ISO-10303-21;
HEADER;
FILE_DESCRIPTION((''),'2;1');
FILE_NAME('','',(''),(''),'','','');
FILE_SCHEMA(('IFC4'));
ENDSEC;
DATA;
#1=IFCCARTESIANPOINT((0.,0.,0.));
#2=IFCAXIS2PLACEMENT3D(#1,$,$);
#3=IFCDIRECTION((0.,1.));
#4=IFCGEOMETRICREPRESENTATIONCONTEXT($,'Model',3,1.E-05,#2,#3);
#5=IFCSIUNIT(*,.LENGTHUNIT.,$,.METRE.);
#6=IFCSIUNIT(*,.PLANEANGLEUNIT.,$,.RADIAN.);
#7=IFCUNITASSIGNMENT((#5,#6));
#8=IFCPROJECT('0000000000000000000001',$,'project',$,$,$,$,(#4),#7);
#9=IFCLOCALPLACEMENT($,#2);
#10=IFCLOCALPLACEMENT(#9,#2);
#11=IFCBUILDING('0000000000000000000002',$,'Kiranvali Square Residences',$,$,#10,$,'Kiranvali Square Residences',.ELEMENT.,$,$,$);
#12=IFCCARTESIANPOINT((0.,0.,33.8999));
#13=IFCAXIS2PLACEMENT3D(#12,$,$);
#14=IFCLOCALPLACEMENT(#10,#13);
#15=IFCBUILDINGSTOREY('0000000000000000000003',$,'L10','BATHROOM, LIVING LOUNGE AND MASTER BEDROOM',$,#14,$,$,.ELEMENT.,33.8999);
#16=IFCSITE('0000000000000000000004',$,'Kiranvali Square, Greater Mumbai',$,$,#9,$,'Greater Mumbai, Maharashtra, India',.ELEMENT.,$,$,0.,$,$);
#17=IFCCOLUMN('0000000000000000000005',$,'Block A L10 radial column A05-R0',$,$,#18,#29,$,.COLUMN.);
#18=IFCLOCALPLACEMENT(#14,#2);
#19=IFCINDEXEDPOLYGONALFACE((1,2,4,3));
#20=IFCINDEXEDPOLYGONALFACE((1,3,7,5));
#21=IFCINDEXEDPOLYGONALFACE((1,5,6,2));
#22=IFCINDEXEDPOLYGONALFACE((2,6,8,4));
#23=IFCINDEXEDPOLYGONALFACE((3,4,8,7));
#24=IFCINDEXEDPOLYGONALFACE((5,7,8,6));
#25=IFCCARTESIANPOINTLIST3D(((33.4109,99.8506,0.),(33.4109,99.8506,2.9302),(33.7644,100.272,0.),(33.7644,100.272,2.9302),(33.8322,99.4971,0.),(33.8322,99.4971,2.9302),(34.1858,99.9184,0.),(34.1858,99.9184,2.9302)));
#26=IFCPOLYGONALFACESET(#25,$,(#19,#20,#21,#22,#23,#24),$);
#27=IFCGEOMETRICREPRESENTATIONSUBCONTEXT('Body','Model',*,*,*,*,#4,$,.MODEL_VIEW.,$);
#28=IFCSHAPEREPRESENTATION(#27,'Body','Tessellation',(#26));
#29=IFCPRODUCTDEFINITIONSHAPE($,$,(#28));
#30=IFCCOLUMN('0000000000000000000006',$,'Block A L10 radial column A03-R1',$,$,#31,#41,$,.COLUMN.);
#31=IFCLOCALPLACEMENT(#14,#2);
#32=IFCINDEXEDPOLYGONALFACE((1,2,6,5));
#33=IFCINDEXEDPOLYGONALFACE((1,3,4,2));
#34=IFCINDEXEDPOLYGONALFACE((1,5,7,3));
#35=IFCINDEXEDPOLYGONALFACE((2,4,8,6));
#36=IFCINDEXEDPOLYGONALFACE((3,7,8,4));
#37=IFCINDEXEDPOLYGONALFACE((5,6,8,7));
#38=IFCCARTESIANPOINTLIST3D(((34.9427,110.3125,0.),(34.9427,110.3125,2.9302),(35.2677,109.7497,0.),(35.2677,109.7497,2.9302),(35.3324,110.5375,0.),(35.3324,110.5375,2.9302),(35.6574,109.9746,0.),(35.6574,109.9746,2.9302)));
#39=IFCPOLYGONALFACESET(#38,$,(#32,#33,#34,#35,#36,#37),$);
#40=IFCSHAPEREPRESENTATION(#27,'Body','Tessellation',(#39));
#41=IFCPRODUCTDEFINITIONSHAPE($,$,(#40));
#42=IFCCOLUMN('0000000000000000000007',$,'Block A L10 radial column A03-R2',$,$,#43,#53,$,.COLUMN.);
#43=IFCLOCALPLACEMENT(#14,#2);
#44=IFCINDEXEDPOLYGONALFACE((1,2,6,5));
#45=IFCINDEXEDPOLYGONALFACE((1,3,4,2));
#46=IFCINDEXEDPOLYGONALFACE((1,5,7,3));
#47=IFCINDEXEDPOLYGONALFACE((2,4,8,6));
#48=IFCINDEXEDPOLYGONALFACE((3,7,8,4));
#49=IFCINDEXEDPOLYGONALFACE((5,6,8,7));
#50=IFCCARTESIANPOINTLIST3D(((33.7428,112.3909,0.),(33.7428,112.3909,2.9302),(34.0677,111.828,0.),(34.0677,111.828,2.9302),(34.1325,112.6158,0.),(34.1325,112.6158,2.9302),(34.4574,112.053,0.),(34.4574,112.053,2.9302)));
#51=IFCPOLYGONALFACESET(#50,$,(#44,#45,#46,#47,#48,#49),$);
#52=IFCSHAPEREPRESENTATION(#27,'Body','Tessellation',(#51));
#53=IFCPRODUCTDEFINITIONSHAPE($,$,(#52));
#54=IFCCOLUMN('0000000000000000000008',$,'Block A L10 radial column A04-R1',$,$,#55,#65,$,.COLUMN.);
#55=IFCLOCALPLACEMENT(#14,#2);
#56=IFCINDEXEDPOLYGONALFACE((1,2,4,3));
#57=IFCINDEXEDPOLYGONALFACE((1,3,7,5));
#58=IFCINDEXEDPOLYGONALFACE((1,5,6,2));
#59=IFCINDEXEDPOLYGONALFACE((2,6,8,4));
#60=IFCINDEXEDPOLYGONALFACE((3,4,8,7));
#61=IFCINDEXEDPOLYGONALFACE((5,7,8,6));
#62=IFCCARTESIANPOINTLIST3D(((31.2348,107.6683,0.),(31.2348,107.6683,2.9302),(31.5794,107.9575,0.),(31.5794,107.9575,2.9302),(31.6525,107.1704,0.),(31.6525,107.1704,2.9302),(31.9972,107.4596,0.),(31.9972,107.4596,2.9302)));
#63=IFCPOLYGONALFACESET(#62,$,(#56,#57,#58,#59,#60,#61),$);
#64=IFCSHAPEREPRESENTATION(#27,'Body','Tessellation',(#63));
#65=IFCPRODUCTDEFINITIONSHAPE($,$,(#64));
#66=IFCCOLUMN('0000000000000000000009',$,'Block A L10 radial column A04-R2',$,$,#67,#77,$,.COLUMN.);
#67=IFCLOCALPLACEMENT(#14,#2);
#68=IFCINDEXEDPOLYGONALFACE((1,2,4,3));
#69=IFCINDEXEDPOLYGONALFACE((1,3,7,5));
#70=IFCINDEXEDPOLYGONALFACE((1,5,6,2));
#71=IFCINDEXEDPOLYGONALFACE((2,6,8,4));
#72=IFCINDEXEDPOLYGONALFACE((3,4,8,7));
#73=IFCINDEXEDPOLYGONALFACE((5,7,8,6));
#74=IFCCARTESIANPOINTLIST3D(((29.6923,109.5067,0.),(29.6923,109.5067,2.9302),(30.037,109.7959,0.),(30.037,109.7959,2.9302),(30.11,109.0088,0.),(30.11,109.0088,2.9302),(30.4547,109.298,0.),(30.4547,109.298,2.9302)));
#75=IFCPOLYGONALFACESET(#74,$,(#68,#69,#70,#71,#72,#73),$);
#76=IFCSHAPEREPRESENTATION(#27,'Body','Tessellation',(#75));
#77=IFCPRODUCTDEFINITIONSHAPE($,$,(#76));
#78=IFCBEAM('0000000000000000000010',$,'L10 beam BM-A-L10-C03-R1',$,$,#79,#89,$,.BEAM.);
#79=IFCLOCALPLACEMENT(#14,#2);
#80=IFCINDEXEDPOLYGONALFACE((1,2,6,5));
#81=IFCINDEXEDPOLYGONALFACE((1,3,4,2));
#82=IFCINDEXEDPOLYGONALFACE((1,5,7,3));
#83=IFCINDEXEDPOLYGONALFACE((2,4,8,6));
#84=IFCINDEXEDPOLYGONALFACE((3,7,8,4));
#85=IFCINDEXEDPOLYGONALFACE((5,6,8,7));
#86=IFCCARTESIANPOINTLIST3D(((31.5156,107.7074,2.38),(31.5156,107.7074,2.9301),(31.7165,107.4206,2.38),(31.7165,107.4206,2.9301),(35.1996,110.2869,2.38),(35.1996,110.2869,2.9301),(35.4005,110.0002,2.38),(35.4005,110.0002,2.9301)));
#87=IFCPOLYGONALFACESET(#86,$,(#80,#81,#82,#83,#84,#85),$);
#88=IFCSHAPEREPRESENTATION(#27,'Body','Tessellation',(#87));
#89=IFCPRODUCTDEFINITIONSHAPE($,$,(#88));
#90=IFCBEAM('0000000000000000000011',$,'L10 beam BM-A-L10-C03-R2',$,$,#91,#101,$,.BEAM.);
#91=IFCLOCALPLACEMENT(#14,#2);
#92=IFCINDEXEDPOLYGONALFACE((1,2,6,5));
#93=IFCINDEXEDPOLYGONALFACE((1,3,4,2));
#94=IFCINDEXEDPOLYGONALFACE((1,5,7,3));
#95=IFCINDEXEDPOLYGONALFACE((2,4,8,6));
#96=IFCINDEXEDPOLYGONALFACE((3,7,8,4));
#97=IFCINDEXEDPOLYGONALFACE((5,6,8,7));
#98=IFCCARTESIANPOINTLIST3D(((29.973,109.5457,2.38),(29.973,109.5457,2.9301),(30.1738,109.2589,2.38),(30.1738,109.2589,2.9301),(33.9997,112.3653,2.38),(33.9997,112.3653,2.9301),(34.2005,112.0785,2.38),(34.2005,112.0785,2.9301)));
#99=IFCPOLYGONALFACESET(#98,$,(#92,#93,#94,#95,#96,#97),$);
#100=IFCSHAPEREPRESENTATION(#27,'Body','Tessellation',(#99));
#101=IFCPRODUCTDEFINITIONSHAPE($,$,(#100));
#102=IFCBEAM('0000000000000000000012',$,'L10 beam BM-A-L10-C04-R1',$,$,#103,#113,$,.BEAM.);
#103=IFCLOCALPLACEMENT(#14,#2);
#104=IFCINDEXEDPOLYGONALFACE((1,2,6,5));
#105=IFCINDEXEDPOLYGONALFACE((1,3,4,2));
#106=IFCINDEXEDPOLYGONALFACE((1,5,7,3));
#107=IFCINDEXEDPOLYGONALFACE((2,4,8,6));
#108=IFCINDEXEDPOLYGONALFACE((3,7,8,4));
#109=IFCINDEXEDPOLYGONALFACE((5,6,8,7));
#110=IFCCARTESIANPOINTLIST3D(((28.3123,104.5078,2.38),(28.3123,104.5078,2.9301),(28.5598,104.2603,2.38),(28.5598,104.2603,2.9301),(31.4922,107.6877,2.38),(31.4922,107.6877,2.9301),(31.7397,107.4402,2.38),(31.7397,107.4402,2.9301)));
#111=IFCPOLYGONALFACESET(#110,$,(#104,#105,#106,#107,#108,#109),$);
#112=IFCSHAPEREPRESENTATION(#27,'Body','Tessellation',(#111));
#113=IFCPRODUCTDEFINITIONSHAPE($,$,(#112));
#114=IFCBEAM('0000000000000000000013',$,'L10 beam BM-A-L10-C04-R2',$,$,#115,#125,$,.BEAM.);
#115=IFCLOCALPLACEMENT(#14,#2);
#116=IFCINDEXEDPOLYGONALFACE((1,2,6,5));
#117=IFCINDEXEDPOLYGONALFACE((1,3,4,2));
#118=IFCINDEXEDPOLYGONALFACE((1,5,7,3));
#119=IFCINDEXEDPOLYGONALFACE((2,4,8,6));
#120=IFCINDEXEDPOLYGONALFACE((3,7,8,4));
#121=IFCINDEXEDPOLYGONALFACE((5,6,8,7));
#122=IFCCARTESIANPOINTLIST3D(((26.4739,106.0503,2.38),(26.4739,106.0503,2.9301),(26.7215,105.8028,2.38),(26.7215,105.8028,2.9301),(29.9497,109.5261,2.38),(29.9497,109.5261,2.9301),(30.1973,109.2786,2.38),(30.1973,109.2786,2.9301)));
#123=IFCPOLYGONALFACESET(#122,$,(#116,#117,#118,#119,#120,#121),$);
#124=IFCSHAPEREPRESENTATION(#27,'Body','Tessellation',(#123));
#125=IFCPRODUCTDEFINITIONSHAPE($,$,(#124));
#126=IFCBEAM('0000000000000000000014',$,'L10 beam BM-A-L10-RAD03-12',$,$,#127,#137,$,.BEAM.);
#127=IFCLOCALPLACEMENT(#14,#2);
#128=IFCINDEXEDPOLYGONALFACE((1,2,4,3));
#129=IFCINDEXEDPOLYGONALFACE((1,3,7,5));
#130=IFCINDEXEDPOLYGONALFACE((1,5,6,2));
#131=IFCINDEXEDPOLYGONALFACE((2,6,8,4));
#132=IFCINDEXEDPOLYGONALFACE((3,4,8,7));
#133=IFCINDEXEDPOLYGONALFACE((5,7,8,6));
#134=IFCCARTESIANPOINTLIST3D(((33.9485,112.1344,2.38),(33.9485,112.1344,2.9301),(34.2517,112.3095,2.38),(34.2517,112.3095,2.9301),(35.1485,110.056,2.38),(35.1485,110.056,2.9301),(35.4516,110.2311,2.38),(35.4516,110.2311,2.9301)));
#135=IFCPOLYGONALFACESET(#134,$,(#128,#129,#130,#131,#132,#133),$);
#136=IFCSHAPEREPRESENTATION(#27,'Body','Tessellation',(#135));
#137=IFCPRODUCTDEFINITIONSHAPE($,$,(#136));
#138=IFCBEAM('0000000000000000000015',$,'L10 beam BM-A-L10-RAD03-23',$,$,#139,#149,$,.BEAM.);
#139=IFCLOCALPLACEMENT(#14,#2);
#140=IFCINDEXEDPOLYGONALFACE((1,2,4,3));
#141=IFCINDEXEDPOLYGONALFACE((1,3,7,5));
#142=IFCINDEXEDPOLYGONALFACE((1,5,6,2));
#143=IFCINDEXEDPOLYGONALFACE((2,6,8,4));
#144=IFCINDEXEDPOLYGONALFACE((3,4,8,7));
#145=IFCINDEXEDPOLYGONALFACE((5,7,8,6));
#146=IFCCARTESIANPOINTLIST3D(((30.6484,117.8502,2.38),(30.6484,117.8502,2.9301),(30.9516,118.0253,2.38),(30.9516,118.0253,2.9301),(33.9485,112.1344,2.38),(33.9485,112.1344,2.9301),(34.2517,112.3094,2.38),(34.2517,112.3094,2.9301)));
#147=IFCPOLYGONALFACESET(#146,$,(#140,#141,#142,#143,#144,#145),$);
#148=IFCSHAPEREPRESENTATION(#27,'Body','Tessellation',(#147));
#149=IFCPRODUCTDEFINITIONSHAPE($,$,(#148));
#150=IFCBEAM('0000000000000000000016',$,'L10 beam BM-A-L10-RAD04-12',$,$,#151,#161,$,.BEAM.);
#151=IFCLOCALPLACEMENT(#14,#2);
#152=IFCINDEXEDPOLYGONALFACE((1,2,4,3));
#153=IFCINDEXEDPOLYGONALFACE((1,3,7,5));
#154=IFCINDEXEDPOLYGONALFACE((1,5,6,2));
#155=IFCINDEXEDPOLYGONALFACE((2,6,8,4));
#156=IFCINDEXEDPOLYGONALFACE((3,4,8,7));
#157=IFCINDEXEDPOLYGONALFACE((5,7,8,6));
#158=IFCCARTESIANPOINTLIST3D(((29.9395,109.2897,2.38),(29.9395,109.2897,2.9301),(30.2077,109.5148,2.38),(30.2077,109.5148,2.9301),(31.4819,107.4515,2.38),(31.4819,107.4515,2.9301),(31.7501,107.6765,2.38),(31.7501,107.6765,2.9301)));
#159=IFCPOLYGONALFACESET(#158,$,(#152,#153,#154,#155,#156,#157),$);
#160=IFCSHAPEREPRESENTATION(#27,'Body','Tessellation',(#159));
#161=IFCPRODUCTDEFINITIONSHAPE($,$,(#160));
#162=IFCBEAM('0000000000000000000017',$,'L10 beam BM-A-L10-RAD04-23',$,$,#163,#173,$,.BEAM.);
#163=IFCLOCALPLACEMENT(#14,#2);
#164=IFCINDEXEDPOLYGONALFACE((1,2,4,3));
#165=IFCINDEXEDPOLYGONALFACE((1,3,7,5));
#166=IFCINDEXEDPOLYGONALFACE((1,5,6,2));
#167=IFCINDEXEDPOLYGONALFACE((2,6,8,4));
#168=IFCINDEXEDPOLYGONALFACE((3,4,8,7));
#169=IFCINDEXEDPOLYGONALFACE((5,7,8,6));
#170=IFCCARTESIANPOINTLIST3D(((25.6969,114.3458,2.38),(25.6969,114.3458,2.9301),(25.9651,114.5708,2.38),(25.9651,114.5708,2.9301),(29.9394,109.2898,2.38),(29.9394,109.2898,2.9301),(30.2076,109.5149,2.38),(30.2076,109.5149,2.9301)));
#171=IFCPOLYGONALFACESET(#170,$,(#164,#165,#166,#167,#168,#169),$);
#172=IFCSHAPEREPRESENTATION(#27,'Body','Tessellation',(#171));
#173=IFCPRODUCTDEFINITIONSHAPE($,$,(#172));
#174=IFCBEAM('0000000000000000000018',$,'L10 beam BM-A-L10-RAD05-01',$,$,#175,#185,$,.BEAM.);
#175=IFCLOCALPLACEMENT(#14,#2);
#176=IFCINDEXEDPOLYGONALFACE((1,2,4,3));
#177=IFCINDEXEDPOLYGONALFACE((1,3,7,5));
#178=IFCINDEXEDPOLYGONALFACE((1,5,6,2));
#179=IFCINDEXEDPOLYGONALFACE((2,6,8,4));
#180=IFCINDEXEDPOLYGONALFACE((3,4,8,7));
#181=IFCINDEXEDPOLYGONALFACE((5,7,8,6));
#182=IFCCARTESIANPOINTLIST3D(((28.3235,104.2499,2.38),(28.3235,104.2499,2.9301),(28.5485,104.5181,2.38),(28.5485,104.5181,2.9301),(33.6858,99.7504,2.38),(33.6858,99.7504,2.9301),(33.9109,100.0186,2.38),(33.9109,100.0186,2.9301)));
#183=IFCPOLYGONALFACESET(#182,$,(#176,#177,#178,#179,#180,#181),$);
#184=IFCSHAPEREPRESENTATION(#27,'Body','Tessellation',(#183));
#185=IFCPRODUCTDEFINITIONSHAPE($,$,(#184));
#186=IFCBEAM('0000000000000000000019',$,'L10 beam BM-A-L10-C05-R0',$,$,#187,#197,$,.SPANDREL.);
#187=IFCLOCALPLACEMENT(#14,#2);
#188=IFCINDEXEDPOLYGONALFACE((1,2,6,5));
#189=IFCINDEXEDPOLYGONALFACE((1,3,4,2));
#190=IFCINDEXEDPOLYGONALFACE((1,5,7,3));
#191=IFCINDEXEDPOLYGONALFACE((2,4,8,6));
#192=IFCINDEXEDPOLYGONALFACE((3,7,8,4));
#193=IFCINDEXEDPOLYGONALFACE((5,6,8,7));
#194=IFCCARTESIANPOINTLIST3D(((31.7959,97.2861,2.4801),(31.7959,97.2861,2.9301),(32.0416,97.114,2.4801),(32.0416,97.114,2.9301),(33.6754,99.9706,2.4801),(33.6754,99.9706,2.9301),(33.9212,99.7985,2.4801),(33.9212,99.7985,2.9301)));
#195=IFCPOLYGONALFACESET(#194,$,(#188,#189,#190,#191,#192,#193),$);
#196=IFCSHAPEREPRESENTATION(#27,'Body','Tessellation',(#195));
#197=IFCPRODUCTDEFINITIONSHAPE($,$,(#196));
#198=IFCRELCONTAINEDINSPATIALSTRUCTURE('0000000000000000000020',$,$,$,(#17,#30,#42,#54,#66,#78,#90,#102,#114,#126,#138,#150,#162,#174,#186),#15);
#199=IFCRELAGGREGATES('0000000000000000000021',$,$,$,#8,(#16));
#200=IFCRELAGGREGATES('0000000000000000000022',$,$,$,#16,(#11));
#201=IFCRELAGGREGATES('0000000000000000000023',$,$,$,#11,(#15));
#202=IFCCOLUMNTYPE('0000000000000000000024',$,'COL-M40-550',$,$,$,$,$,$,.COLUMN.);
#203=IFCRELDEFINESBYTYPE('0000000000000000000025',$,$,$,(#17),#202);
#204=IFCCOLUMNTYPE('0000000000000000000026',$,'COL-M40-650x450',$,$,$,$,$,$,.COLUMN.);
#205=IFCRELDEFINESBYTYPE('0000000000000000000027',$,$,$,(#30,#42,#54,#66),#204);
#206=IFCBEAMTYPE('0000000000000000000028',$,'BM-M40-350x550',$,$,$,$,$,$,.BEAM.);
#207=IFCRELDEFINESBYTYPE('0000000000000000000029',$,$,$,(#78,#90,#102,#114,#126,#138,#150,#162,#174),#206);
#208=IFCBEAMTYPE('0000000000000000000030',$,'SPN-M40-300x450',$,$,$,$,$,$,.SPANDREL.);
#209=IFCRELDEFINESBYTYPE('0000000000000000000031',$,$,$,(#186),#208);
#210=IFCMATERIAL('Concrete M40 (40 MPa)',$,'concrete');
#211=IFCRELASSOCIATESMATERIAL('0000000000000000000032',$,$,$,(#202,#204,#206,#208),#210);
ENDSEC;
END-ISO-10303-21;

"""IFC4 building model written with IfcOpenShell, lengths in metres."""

from ifc_helpers import new_model, si_unit, direction, frame, origin, origin_2d, place, context, subcontext, project, spatial, rectangle, extrude, material, material_profile, profile_set, type_object, element, save


model = new_model("IFC4")

# Units and contexts
model_context = context("Model", 3, precision=1e-05, world=origin(), true_north=direction((0.0, 1.0)))
body_context = subcontext(model_context, "Body", "Model", "MODEL_VIEW")
ifc_project = project(units=[si_unit("LENGTHUNIT", "METRE"), si_unit("PLANEANGLEUNIT", "RADIAN")], contexts=[model_context])

# Site, building, storey
site_placement = place(None, origin())
site = spatial("IfcSite", under=ifc_project, at=site_placement, Name="Kiranvali Square, Greater Mumbai", LongName="Greater Mumbai, Maharashtra, India", CompositionType="ELEMENT", RefElevation=0.0)
building_placement = place(site_placement, origin())
building = spatial("IfcBuilding", under=site, at=building_placement, Name="Kiranvali Square Residences", LongName="Kiranvali Square Residences", CompositionType="ELEMENT")
storey_placement = place(building_placement, frame((0.0, 0.0, 33.8999)))
storey = spatial("IfcBuildingStorey", under=building, at=storey_placement, Name="L10", Description="BATHROOM, LIVING LOUNGE AND MASTER BEDROOM", CompositionType="ELEMENT", Elevation=33.8999)

# Columns
ifc_material_1 = material(Name="Concrete M40 (40 MPa)", Category="concrete")
ifc_material_profile_1 = material_profile(ifc_material_1, rectangle(XDim=0.55, YDim=0.55, at=origin_2d()), Name="RC 550x550")
ifc_profile_set_1 = profile_set([ifc_material_profile_1], Name="Concrete M40 (40 MPa)")
column_type_1 = type_object("IfcColumnType", Name="COL-M40-550", PredefinedType="COLUMN", material=ifc_profile_set_1)
column_placement = place(storey_placement, frame((33.7983, 99.8845, 0.0), z_axis=(0.0, 0.0, 1.0), x_axis=(0.642788, 0.766044, 0.0)))
element("IfcColumn", 1, at=column_placement, inside=storey, type_object=column_type_1, Name="Block A L10 radial column A05-R0", PredefinedType="COLUMN", context=body_context, shape_type="SweptSolid", body=[
    extrude(rectangle(XDim=0.55, YDim=0.55, at=origin_2d()), origin(), (0.0, 0.0, 1.0), 2.9302),
])
ifc_material_profile_2 = material_profile(ifc_material_1, rectangle(XDim=0.45, YDim=0.6499, at=origin_2d()), Name="RC 650x450")
ifc_profile_set_2 = profile_set([ifc_material_profile_2], Name="Concrete M40 (40 MPa)")
column_type_2 = type_object("IfcColumnType", Name="COL-M40-650x450", PredefinedType="COLUMN", material=ifc_profile_set_2)
for number, where, z_axis, x_axis, name in (
    (2, (35.3, 110.1436, 0.0), (0.0, 0.0, 1.0), (0.866025, 0.5, 0.0), "Block A L10 radial column A03-R1"),
    (3, (34.1001, 112.2219, 0.0), (0.0, 0.0, 1.0), (0.866025, 0.5, 0.0), "Block A L10 radial column A03-R2"),
    (4, (31.616, 107.564, 0.0), (0.0, 0.0, 1.0), (0.766044, 0.642788, 0.0), "Block A L10 radial column A04-R1"),
    (5, (30.0735, 109.4023, 0.0), (0.0, 0.0, 1.0), (0.766044, 0.642788, 0.0), "Block A L10 radial column A04-R2"),
):
    element("IfcColumn", number, at=place(storey_placement, frame(where, z_axis=z_axis, x_axis=x_axis)), inside=storey, type_object=column_type_2, Name=name, PredefinedType="COLUMN", context=body_context, shape_type="SweptSolid", body=[
        extrude(rectangle(XDim=0.45, YDim=0.6499, at=origin_2d()), origin(), (0.0, 0.0, 1.0), 2.9302),
    ])

# Beams
ifc_material_profile_3 = material_profile(ifc_material_1, rectangle(XDim=0.3501, YDim=0.55, at=origin_2d()), Name="RC 350x550")
ifc_profile_set_3 = profile_set([ifc_material_profile_3], Name="Concrete M40 (40 MPa)")
beam_type_1 = type_object("IfcBeamType", Name="BM-M40-350x550", PredefinedType="BEAM", material=ifc_profile_set_3)
beam_1_placement = place(storey_placement, frame((35.3, 110.1436, 2.655), z_axis=(-0.819155, -0.573572, 0.0), x_axis=(0.573572, -0.819155, 0.0)))
element("IfcBeam", 6, at=beam_1_placement, inside=storey, type_object=beam_type_1, Name="L10 beam BM-A-L10-C03-R1", PredefinedType="BEAM", context=body_context, shape_type="SweptSolid", body=[
    extrude(rectangle(XDim=0.3501, YDim=0.55, at=origin_2d()), origin(), (0.0, 0.0, 1.0), 4.4973),
])
beam_2_placement = place(storey_placement, frame((34.1001, 112.2219, 2.655), z_axis=(-0.819141, -0.573592, 0.0), x_axis=(0.573592, -0.819141, 0.0)))
element("IfcBeam", 7, at=beam_2_placement, inside=storey, type_object=beam_type_1, Name="L10 beam BM-A-L10-C03-R2", PredefinedType="BEAM", context=body_context, shape_type="SweptSolid", body=[
    extrude(rectangle(XDim=0.3501, YDim=0.55, at=origin_2d()), origin(), (0.0, 0.0, 1.0), 4.9158),
])
beam_3_placement = place(storey_placement, frame((31.616, 107.564, 2.655), z_axis=(-0.707107, -0.707107, 0.0), x_axis=(0.707107, -0.707107, 0.0)))
element("IfcBeam", 8, at=beam_3_placement, inside=storey, type_object=beam_type_1, Name="L10 beam BM-A-L10-C04-R1", PredefinedType="BEAM", context=body_context, shape_type="SweptSolid", body=[
    extrude(rectangle(XDim=0.3501, YDim=0.55, at=origin_2d()), origin(), (0.0, 0.0, 1.0), 4.4971),
])
beam_4_placement = place(storey_placement, frame((30.0735, 109.4023, 2.655), z_axis=(-0.707107, -0.707107, 0.0), x_axis=(0.707107, -0.707107, 0.0)))
element("IfcBeam", 9, at=beam_4_placement, inside=storey, type_object=beam_type_1, Name="L10 beam BM-A-L10-C04-R2", PredefinedType="BEAM", context=body_context, shape_type="SweptSolid", body=[
    extrude(rectangle(XDim=0.3501, YDim=0.55, at=origin_2d()), origin(), (0.0, 0.0, 1.0), 4.9155),
])
beam_5_placement = place(storey_placement, frame((35.3, 110.1436, 2.655), z_axis=(-0.500001, 0.866025, 0.0), x_axis=(-0.866025, -0.500001, 0.0)))
element("IfcBeam", 10, at=beam_5_placement, inside=storey, type_object=beam_type_1, Name="L10 beam BM-A-L10-RAD03-12", PredefinedType="BEAM", context=body_context, shape_type="SweptSolid", body=[
    extrude(rectangle(XDim=0.3501, YDim=0.55, at=origin_2d()), origin(), (0.0, 0.0, 1.0), 2.3999),
])
beam_6_placement = place(storey_placement, frame((34.1001, 112.2219, 2.655), z_axis=(-0.500002, 0.866024, 0.0), x_axis=(-0.866024, -0.500002, 0.0)))
element("IfcBeam", 11, at=beam_6_placement, inside=storey, type_object=beam_type_1, Name="L10 beam BM-A-L10-RAD03-23", PredefinedType="BEAM", context=body_context, shape_type="SweptSolid", body=[
    extrude(rectangle(XDim=0.3501, YDim=0.55, at=origin_2d()), origin(), (0.0, 0.0, 1.0), 6.6001),
])
beam_7_placement = place(storey_placement, frame((31.616, 107.564, 2.655), z_axis=(-0.642763, 0.766065, 0.0), x_axis=(-0.766065, -0.642763, 0.0)))
element("IfcBeam", 12, at=beam_7_placement, inside=storey, type_object=beam_type_1, Name="L10 beam BM-A-L10-RAD04-12", PredefinedType="BEAM", context=body_context, shape_type="SweptSolid", body=[
    extrude(rectangle(XDim=0.3501, YDim=0.55, at=origin_2d()), origin(), (0.0, 0.0, 1.0), 2.3997),
])
beam_8_placement = place(storey_placement, frame((30.0735, 109.4023, 2.655), z_axis=(-0.642789, 0.766043, 0.0), x_axis=(-0.766043, -0.642789, 0.0)))
element("IfcBeam", 13, at=beam_8_placement, inside=storey, type_object=beam_type_1, Name="L10 beam BM-A-L10-RAD04-23", PredefinedType="BEAM", context=body_context, shape_type="SweptSolid", body=[
    extrude(rectangle(XDim=0.3501, YDim=0.55, at=origin_2d()), origin(), (0.0, 0.0, 1.0), 6.6001),
])
beam_9_placement = place(storey_placement, frame((33.7983, 99.8845, 2.655), z_axis=(-0.766044, 0.642788, 0.0), x_axis=(-0.642788, -0.766044, 0.0)))
element("IfcBeam", 14, at=beam_9_placement, inside=storey, type_object=beam_type_1, Name="L10 beam BM-A-L10-RAD05-01", PredefinedType="BEAM", context=body_context, shape_type="SweptSolid", body=[
    extrude(rectangle(XDim=0.3501, YDim=0.55, at=origin_2d()), origin(), (0.0, 0.0, 1.0), 7.0),
])
ifc_material_profile_4 = material_profile(ifc_material_1, rectangle(XDim=0.3, YDim=0.45, at=origin_2d()), Name="RC 300x450")
ifc_profile_set_4 = profile_set([ifc_material_profile_4], Name="Concrete M40 (40 MPa)")
beam_type_2 = type_object("IfcBeamType", Name="SPN-M40-300x450", PredefinedType="SPANDREL", material=ifc_profile_set_4)
beam_10_placement = place(storey_placement, frame((33.7983, 99.8845, 2.7051), z_axis=(-0.573552, -0.819169, 0.0), x_axis=(0.819169, -0.573552, 0.0)))
element("IfcBeam", 15, at=beam_10_placement, inside=storey, type_object=beam_type_2, Name="L10 beam BM-A-L10-C05-R0", PredefinedType="SPANDREL", context=body_context, shape_type="SweptSolid", body=[
    extrude(rectangle(XDim=0.3, YDim=0.45, at=origin_2d()), origin(), (0.0, 0.0, 1.0), 3.2771),
])

save(model, "model.ifc")
